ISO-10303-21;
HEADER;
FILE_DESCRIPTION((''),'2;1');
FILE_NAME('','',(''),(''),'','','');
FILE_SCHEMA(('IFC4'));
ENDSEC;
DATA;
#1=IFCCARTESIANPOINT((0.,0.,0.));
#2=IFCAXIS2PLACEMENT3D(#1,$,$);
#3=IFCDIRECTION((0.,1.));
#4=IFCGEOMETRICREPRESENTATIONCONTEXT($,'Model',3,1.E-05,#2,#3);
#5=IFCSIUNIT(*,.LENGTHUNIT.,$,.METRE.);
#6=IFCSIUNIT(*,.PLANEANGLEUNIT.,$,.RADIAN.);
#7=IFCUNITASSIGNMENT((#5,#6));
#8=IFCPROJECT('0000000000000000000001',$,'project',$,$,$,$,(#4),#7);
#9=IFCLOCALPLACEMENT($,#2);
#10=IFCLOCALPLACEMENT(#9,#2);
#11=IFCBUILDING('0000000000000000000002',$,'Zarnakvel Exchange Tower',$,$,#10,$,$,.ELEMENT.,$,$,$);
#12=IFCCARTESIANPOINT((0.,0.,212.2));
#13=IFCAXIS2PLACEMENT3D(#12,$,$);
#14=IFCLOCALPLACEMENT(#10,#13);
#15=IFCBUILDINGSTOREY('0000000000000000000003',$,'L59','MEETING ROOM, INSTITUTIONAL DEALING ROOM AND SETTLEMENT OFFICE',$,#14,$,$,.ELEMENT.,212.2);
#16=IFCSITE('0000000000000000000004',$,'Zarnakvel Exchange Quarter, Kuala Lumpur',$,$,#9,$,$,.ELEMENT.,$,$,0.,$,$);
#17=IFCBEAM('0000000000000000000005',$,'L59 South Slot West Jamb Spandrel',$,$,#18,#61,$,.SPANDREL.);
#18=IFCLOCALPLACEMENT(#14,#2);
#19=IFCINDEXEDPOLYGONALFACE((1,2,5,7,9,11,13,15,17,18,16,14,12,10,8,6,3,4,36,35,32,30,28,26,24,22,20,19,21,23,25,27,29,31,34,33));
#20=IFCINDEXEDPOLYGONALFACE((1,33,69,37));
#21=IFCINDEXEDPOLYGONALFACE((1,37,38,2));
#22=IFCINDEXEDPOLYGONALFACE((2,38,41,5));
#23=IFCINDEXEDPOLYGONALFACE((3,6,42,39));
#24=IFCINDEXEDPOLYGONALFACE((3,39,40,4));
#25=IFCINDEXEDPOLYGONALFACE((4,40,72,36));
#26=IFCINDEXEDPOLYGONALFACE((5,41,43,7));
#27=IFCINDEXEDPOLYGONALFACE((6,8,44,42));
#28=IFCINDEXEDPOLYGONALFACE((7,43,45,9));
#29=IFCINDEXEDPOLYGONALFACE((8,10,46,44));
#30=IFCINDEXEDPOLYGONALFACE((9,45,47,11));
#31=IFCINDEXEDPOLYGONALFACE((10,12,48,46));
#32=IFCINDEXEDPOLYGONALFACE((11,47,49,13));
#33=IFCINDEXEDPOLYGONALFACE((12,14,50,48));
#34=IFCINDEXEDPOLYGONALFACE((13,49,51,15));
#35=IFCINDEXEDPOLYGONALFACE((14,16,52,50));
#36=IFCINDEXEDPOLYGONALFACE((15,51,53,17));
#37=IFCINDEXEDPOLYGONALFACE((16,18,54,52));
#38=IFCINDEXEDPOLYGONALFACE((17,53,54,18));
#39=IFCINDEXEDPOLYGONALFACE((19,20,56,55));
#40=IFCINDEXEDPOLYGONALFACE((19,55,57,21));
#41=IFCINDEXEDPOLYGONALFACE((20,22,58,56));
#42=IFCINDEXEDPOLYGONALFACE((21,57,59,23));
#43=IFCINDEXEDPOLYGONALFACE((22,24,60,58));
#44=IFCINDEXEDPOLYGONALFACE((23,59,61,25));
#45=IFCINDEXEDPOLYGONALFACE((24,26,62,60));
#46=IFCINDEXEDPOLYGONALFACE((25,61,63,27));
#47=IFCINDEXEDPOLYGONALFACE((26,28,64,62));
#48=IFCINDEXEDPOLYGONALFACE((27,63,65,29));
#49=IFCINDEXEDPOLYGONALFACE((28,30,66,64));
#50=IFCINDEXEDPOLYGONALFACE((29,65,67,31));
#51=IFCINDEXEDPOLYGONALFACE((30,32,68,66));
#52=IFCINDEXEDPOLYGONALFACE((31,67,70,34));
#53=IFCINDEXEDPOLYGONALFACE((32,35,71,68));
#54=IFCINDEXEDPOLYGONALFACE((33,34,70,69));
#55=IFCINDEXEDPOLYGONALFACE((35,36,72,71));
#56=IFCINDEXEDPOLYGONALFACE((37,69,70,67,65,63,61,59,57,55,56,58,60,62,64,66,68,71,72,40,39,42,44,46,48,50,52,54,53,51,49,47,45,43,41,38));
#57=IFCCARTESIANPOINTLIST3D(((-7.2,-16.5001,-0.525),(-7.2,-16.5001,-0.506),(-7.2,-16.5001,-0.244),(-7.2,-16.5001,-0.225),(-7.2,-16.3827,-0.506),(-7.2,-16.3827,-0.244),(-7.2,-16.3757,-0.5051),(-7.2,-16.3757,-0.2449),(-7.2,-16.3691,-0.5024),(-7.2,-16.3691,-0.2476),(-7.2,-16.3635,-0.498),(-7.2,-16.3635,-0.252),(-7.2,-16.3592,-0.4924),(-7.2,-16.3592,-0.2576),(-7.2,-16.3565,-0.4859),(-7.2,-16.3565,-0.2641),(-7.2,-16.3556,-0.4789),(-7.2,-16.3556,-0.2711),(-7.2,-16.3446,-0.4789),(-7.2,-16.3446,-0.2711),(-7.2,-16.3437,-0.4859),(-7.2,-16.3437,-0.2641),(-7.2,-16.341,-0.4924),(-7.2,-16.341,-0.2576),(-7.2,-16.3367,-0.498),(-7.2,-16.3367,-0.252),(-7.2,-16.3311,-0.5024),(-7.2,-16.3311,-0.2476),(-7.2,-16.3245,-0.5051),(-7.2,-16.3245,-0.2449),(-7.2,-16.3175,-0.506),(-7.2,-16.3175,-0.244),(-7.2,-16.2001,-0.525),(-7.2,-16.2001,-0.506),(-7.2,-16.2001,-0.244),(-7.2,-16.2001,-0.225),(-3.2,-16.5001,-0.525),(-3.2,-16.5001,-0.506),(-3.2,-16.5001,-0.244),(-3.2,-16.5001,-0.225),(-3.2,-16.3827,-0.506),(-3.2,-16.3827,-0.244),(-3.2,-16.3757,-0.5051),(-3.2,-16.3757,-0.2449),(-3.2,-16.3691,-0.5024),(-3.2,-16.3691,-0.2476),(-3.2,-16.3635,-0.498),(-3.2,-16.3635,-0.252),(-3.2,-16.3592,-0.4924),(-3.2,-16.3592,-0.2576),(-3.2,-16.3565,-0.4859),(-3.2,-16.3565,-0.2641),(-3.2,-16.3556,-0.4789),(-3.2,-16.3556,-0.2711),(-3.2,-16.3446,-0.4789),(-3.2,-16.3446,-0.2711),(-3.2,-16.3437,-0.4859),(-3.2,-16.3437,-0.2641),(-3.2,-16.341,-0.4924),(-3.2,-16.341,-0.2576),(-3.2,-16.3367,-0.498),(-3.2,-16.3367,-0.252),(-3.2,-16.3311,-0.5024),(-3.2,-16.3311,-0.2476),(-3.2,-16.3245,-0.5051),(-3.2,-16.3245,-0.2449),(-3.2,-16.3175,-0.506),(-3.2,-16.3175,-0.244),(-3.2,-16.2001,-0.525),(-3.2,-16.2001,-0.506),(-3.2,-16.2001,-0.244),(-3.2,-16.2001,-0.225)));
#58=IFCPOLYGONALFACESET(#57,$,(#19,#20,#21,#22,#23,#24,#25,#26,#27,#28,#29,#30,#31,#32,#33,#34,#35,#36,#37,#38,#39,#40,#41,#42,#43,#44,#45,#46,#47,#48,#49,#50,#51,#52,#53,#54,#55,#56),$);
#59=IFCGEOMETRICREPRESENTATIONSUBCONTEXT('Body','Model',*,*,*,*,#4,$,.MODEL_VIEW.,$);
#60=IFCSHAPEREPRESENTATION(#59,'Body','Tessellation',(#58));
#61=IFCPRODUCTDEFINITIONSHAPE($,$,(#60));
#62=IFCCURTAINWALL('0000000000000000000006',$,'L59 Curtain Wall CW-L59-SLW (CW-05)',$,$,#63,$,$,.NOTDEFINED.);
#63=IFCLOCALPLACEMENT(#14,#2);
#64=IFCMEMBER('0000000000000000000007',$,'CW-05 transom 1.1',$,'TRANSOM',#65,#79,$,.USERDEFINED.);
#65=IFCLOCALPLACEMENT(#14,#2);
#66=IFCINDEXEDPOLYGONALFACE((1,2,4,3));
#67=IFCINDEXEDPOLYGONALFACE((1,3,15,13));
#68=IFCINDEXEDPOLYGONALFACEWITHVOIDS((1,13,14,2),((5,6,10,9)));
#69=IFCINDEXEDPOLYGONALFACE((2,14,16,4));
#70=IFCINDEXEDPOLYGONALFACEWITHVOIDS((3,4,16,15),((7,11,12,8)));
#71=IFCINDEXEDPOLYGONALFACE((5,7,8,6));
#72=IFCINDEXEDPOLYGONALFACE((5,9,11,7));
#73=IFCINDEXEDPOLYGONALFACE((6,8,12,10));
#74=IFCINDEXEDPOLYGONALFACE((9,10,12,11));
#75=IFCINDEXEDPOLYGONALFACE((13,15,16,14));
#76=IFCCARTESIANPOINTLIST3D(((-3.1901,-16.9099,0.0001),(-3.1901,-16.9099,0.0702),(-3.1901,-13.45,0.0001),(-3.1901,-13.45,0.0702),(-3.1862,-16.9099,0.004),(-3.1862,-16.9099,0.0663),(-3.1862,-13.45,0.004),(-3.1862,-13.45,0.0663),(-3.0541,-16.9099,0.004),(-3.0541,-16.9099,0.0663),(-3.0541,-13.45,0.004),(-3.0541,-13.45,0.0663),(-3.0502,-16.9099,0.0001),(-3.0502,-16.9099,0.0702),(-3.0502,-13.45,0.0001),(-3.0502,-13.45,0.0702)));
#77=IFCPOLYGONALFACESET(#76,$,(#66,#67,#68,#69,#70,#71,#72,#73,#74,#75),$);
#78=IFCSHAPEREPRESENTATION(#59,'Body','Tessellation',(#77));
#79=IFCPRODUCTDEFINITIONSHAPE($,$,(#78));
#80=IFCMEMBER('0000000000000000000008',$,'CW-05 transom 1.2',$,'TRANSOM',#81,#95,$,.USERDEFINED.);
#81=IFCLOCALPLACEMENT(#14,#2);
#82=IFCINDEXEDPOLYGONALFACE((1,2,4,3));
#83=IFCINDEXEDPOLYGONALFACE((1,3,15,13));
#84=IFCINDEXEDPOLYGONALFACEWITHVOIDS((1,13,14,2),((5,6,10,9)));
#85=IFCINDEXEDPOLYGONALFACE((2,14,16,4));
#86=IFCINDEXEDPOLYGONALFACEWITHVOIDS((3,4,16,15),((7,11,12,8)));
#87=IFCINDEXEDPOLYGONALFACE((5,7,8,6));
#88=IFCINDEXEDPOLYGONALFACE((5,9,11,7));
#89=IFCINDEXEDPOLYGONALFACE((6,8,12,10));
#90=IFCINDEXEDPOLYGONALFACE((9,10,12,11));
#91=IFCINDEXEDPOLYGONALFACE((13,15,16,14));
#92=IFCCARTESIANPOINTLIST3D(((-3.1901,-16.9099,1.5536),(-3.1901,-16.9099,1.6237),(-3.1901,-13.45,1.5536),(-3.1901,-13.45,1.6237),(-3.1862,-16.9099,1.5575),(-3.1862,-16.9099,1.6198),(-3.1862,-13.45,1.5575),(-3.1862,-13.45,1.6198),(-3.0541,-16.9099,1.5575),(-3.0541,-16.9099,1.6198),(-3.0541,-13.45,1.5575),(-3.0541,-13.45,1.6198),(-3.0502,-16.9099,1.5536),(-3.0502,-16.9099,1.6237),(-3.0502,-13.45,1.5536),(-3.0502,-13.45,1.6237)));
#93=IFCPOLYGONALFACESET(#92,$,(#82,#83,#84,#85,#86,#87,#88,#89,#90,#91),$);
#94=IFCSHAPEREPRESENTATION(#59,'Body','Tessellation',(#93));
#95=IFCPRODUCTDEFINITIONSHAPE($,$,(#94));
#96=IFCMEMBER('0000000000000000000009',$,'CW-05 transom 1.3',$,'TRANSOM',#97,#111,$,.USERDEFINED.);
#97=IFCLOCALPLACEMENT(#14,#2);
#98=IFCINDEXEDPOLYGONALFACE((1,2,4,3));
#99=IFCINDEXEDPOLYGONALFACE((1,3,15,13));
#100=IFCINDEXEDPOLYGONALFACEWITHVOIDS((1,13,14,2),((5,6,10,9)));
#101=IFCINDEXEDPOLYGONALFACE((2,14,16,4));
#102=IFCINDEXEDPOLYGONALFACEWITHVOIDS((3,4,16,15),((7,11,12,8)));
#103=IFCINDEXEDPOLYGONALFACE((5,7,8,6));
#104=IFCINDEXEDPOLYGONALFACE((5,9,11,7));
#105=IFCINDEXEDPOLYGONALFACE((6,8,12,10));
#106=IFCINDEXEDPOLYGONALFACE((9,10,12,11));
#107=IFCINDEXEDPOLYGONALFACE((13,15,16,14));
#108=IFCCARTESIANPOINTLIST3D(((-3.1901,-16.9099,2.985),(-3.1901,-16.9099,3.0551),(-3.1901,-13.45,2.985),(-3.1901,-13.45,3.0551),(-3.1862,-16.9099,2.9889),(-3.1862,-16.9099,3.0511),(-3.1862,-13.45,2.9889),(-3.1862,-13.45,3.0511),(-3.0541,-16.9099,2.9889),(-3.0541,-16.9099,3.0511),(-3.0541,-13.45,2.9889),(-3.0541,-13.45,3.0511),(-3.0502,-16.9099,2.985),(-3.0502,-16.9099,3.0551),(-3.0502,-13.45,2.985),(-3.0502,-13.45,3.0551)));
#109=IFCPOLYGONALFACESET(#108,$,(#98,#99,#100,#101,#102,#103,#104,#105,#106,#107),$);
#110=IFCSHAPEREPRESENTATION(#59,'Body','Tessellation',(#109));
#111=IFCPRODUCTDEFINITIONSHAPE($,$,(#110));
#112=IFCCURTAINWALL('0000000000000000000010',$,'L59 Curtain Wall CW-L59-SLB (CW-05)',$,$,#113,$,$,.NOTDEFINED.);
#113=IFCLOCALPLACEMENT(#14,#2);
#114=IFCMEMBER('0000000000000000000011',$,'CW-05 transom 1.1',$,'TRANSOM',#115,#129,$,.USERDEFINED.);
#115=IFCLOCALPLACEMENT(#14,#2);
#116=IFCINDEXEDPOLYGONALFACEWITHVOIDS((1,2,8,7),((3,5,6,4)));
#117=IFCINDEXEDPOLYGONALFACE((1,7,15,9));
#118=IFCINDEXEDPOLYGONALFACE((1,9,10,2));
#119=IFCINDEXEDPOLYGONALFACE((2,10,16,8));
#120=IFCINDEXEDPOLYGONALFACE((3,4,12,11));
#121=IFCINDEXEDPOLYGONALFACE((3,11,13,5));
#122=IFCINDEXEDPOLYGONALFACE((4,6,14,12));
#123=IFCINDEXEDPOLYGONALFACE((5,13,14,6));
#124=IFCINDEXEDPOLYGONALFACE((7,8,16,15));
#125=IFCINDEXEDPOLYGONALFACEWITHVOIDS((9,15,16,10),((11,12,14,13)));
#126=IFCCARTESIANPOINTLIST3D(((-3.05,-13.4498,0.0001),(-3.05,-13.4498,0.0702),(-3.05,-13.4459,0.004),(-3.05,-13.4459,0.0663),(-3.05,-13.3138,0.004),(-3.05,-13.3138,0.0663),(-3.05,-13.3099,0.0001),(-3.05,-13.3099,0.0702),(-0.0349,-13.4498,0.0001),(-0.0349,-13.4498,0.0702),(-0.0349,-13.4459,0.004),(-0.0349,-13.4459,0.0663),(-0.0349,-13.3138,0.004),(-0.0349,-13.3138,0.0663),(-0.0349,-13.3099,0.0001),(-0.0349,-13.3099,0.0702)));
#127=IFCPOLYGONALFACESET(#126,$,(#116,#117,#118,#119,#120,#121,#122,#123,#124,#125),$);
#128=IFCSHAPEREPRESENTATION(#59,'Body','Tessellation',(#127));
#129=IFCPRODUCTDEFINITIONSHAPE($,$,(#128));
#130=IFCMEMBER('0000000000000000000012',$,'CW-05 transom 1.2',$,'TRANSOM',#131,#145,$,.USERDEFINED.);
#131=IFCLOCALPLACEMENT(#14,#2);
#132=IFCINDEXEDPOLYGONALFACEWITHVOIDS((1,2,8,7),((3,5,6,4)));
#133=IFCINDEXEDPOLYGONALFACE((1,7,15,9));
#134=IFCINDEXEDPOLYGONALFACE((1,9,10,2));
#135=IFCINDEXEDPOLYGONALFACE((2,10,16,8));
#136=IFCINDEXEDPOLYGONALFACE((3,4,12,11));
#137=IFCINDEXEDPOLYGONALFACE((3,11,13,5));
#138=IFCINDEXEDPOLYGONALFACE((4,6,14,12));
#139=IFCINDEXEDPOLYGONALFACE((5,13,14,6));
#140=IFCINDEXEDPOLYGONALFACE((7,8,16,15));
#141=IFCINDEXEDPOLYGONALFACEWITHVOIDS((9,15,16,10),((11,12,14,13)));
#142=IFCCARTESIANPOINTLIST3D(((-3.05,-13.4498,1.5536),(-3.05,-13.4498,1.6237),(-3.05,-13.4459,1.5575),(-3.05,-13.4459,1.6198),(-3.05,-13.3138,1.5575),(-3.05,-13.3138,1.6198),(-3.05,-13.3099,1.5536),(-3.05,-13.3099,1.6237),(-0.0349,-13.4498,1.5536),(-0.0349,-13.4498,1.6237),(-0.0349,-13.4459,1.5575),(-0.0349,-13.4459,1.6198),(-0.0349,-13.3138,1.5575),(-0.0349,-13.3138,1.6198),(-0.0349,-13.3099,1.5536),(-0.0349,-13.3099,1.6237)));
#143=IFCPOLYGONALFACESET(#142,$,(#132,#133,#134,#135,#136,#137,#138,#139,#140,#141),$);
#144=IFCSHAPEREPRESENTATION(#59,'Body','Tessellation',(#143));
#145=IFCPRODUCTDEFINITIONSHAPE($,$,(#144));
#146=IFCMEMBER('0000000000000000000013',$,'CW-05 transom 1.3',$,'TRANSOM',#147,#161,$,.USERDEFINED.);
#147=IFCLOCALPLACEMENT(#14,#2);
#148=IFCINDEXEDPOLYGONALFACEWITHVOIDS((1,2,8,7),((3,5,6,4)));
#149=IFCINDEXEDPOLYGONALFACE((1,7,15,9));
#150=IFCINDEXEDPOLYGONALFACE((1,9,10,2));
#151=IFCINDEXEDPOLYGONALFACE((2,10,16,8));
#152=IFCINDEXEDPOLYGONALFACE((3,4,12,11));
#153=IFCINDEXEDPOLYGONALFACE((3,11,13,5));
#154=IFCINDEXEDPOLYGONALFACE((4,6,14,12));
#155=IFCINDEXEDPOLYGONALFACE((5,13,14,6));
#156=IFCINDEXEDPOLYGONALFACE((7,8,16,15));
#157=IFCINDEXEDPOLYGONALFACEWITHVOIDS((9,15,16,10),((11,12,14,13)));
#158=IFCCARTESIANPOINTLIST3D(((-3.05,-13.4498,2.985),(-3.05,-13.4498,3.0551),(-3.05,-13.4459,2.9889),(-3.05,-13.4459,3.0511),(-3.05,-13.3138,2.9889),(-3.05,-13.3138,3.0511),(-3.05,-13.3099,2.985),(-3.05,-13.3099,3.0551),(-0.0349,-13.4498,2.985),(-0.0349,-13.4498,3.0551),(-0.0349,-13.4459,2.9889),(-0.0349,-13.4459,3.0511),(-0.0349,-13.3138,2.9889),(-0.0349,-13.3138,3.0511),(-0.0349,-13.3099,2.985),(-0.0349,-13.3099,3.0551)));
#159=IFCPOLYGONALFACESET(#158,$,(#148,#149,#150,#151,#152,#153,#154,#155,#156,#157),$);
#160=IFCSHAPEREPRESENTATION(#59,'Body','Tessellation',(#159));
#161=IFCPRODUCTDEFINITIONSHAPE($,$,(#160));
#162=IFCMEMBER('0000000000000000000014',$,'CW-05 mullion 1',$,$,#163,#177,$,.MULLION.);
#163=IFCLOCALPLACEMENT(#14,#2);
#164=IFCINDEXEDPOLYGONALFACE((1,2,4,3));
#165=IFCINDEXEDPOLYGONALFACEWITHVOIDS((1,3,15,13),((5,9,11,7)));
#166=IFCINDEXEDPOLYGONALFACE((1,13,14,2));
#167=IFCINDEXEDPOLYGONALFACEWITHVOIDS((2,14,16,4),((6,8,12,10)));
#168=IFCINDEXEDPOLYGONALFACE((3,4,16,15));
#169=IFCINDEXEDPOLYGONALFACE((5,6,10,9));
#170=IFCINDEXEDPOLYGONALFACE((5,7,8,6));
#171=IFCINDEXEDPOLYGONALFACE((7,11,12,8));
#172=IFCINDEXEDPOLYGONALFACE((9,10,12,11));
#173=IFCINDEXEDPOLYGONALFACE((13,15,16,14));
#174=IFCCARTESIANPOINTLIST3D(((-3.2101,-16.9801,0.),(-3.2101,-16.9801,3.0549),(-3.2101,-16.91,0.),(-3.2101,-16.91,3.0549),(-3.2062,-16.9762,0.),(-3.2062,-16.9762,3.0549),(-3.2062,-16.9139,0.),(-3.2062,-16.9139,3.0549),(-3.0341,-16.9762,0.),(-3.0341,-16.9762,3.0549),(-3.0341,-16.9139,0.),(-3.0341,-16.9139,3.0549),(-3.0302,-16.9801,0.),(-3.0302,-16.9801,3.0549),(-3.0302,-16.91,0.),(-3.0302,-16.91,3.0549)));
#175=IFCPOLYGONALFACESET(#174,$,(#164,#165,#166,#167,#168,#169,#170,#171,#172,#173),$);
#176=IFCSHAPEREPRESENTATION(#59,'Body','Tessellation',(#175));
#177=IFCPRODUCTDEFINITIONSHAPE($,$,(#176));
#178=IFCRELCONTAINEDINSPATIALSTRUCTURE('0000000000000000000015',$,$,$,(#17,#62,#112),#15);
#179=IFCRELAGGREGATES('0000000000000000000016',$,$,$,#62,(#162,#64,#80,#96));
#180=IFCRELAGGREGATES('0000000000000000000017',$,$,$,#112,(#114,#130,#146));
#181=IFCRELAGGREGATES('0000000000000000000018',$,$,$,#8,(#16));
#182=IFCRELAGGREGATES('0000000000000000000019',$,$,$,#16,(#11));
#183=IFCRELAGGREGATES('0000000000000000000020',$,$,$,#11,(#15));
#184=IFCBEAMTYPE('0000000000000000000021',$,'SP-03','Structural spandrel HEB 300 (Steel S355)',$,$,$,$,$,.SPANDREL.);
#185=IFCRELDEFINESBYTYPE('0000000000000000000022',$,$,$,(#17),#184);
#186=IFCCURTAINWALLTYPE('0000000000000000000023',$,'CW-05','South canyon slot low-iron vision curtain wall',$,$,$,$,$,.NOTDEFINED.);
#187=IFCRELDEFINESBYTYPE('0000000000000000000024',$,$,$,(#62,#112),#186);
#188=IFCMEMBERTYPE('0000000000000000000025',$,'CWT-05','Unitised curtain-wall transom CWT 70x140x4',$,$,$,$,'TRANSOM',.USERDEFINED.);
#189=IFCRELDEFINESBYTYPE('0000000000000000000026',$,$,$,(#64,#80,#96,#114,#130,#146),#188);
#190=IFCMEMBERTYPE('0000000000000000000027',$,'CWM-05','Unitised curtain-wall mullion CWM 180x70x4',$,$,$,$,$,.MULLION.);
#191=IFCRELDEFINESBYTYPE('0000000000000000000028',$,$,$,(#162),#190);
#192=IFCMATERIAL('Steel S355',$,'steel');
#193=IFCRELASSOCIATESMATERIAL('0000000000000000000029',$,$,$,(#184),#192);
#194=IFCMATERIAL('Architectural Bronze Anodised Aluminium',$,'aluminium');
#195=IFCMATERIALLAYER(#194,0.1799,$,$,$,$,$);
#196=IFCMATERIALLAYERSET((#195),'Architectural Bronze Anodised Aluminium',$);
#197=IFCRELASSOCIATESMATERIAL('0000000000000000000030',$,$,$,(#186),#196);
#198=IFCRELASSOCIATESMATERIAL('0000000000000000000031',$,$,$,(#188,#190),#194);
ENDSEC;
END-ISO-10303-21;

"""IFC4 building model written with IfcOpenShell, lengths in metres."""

from ifc_helpers import new_model, si_unit, direction, frame, origin, origin_2d, place, context, subcontext, project, spatial, hollow_rectangle, i_section, extrude, source, transform, mapped, material, layer, layer_set, material_profile, profile_set, type_object, element, aggregate, save


model = new_model("IFC4")

# Units and contexts
model_context = context("Model", 3, precision=1e-05, world=origin(), true_north=direction((0.0, 1.0)))
body_context = subcontext(model_context, "Body", "Model", "MODEL_VIEW")
ifc_project = project(units=[si_unit("LENGTHUNIT", "METRE"), si_unit("PLANEANGLEUNIT", "RADIAN")], contexts=[model_context])

# Site, building, storey
site_placement = place(None, origin())
site = spatial("IfcSite", under=ifc_project, at=site_placement, Name="Zarnakvel Exchange Quarter, Kuala Lumpur", CompositionType="ELEMENT", RefElevation=0.0)
building_placement = place(site_placement, origin())
building = spatial("IfcBuilding", under=site, at=building_placement, Name="Zarnakvel Exchange Tower", CompositionType="ELEMENT")
storey_placement = place(building_placement, frame((0.0, 0.0, 212.2)))
storey = spatial("IfcBuildingStorey", under=building, at=storey_placement, Name="L59", Description="MEETING ROOM, INSTITUTIONAL DEALING ROOM AND SETTLEMENT OFFICE", CompositionType="ELEMENT", Elevation=212.2)

# Beam
ifc_material_1 = material(Name="Steel S355", Category="steel")
ifc_material_profile_1 = material_profile(ifc_material_1, i_section(OverallWidth=0.3, OverallDepth=0.3, WebThickness=0.011, FlangeThickness=0.019, FilletRadius=0.0271, at=origin_2d()))
ifc_profile_set_1 = profile_set([ifc_material_profile_1], Name="Steel S355")
beam_type_1 = type_object("IfcBeamType", Name="SP-03", Description="Structural spandrel HEB 300 (Steel S355)", PredefinedType="SPANDREL", material=ifc_profile_set_1)
beam_1_placement = place(storey_placement, frame((-7.2, -16.3501, -0.375), z_axis=(1.0, 0.0, 0.0), x_axis=(0.0, 1.0, 0.0)))
element("IfcBeam", 1, at=beam_1_placement, inside=storey, type_object=beam_type_1, Name="L59 South Slot West Jamb Spandrel", PredefinedType="SPANDREL", context=body_context, shape_type="SweptSolid", body=[
    extrude(i_section(OverallWidth=0.3, OverallDepth=0.3, WebThickness=0.011, FlangeThickness=0.019, FilletRadius=0.0271, at=origin_2d()), origin(), (0.0, 0.0, 1.0), 4.0),
])

# Curtain walls, members
ifc_material_2 = material(Name="Architectural Bronze Anodised Aluminium", Category="aluminium")
ifc_layer_1 = layer(ifc_material_2, 0.1799)
ifc_layer_set_1 = layer_set([ifc_layer_1], Name="Architectural Bronze Anodised Aluminium")
curtain_wall_type = type_object("IfcCurtainWallType", Name="CW-05", Description="South canyon slot low-iron vision curtain wall", PredefinedType="NOTDEFINED", material=ifc_layer_set_1)
curtain_wall_1_placement = place(storey_placement, origin())
curtain_wall_1 = element("IfcCurtainWall", 2, at=curtain_wall_1_placement, inside=storey, type_object=curtain_wall_type, Name="L59 Curtain Wall CW-L59-SLW (CW-05)", PredefinedType="NOTDEFINED")
ifc_material_profile_2 = material_profile(ifc_material_2, hollow_rectangle(XDim=0.1399, YDim=0.0701, WallThickness=0.0039, at=origin_2d()))
ifc_profile_set_2 = profile_set([ifc_material_profile_2], Name="Architectural Bronze Anodised Aluminium")
member_type_1 = type_object("IfcMemberType", Name="CWT-05", Description="Unitised curtain-wall transom CWT 70x140x4", ElementType="TRANSOM", PredefinedType="USERDEFINED", material=ifc_profile_set_2)
shared_shape_1 = source(origin(), body_context, "Body", "SweptSolid", [
    extrude(hollow_rectangle(XDim=0.1399, YDim=0.0701, WallThickness=0.0039, at=origin_2d()), origin(), (0.0, 0.0, 1.0), 3.46),
])
member_1_placement = place(storey_placement, frame((-3.1201, -16.9099, 0.0352), z_axis=(0.0, 1.0, 0.0), x_axis=(-1.0, 0.0, 0.0)))
member_1 = element("IfcMember", 3, at=member_1_placement, type_object=member_type_1, Name="CW-05 transom 1.1", ObjectType="TRANSOM", PredefinedType="USERDEFINED", context=body_context, shape_type="MappedRepresentation", body=[
    mapped(shared_shape_1, transform((0.0, 0.0, 0.0), x_axis=(1.0, 0.0, 0.0), y_axis=(0.0, 1.0, 0.0), z_axis=(0.0, 0.0, 1.0), scale=1.0)),
])
member_2_placement = place(storey_placement, frame((-3.1201, -16.9099, 1.5886), z_axis=(0.0, 1.0, 0.0), x_axis=(-1.0, 0.0, 0.0)))
member_2 = element("IfcMember", 4, at=member_2_placement, type_object=member_type_1, Name="CW-05 transom 1.2", ObjectType="TRANSOM", PredefinedType="USERDEFINED", context=body_context, shape_type="MappedRepresentation", body=[
    mapped(shared_shape_1, transform((0.0, 0.0, 0.0), x_axis=(1.0, 0.0, 0.0), y_axis=(0.0, 1.0, 0.0), z_axis=(0.0, 0.0, 1.0), scale=1.0)),
])
member_3_placement = place(storey_placement, frame((-3.1201, -16.9099, 3.02), z_axis=(0.0, 1.0, 0.0), x_axis=(-1.0, 0.0, 0.0)))
member_3 = element("IfcMember", 5, at=member_3_placement, type_object=member_type_1, Name="CW-05 transom 1.3", ObjectType="TRANSOM", PredefinedType="USERDEFINED", context=body_context, shape_type="MappedRepresentation", body=[
    mapped(shared_shape_1, transform((0.0, 0.0, 0.0), x_axis=(1.0, 0.0, 0.0), y_axis=(0.0, 1.0, 0.0), z_axis=(0.0, 0.0, 1.0), scale=1.0)),
])
curtain_wall_2_placement = place(storey_placement, origin())
curtain_wall_2 = element("IfcCurtainWall", 6, at=curtain_wall_2_placement, inside=storey, type_object=curtain_wall_type, Name="L59 Curtain Wall CW-L59-SLB (CW-05)", PredefinedType="NOTDEFINED")
shared_shape_2 = source(origin(), body_context, "Body", "SweptSolid", [
    extrude(hollow_rectangle(XDim=0.1399, YDim=0.0701, WallThickness=0.0039, at=origin_2d()), origin(), (0.0, 0.0, 1.0), 3.0151),
])
member_4_placement = place(storey_placement, frame((-3.05, -13.3799, 0.0352), z_axis=(1.0, 0.0, 0.0), x_axis=(0.0, 1.0, 0.0)))
member_4 = element("IfcMember", 7, at=member_4_placement, type_object=member_type_1, Name="CW-05 transom 1.1", ObjectType="TRANSOM", PredefinedType="USERDEFINED", context=body_context, shape_type="MappedRepresentation", body=[
    mapped(shared_shape_2, transform((0.0, 0.0, 0.0), x_axis=(1.0, 0.0, 0.0), y_axis=(0.0, 1.0, 0.0), z_axis=(0.0, 0.0, 1.0), scale=1.0)),
])
member_5_placement = place(storey_placement, frame((-3.05, -13.3799, 1.5886), z_axis=(1.0, 0.0, 0.0), x_axis=(0.0, 1.0, 0.0)))
member_5 = element("IfcMember", 8, at=member_5_placement, type_object=member_type_1, Name="CW-05 transom 1.2", ObjectType="TRANSOM", PredefinedType="USERDEFINED", context=body_context, shape_type="MappedRepresentation", body=[
    mapped(shared_shape_2, transform((0.0, 0.0, 0.0), x_axis=(1.0, 0.0, 0.0), y_axis=(0.0, 1.0, 0.0), z_axis=(0.0, 0.0, 1.0), scale=1.0)),
])
member_6_placement = place(storey_placement, frame((-3.05, -13.3799, 3.02), z_axis=(1.0, 0.0, 0.0), x_axis=(0.0, 1.0, 0.0)))
member_6 = element("IfcMember", 9, at=member_6_placement, type_object=member_type_1, Name="CW-05 transom 1.3", ObjectType="TRANSOM", PredefinedType="USERDEFINED", context=body_context, shape_type="MappedRepresentation", body=[
    mapped(shared_shape_2, transform((0.0, 0.0, 0.0), x_axis=(1.0, 0.0, 0.0), y_axis=(0.0, 1.0, 0.0), z_axis=(0.0, 0.0, 1.0), scale=1.0)),
])

# Member
ifc_material_profile_3 = material_profile(ifc_material_2, hollow_rectangle(XDim=0.1799, YDim=0.0701, WallThickness=0.0039, at=origin_2d()))
ifc_profile_set_3 = profile_set([ifc_material_profile_3], Name="Architectural Bronze Anodised Aluminium")
member_type_2 = type_object("IfcMemberType", Name="CWM-05", Description="Unitised curtain-wall mullion CWM 180x70x4", PredefinedType="MULLION", material=ifc_profile_set_3)
shared_shape_3 = source(origin(), body_context, "Body", "SweptSolid", [
    extrude(hollow_rectangle(XDim=0.1799, YDim=0.0701, WallThickness=0.0039, at=origin_2d()), origin(), (0.0, 0.0, 1.0), 3.0549),
])
member_7_placement = place(storey_placement, frame((-3.1201, -16.9451, 0.0), z_axis=(0.0, 0.0, 1.0), x_axis=(-1.0, 0.0, 0.0)))
member_7 = element("IfcMember", 10, at=member_7_placement, type_object=member_type_2, Name="CW-05 mullion 1", PredefinedType="MULLION", context=body_context, shape_type="MappedRepresentation", body=[
    mapped(shared_shape_3, transform((0.0, 0.0, 0.0), x_axis=(1.0, 0.0, 0.0), y_axis=(0.0, 1.0, 0.0), z_axis=(0.0, 0.0, 1.0), scale=1.0)),
])

aggregate(curtain_wall_1, [member_7, member_1, member_2, member_3])
aggregate(curtain_wall_2, [member_4, member_5, member_6])

save(model, "model.ifc")
